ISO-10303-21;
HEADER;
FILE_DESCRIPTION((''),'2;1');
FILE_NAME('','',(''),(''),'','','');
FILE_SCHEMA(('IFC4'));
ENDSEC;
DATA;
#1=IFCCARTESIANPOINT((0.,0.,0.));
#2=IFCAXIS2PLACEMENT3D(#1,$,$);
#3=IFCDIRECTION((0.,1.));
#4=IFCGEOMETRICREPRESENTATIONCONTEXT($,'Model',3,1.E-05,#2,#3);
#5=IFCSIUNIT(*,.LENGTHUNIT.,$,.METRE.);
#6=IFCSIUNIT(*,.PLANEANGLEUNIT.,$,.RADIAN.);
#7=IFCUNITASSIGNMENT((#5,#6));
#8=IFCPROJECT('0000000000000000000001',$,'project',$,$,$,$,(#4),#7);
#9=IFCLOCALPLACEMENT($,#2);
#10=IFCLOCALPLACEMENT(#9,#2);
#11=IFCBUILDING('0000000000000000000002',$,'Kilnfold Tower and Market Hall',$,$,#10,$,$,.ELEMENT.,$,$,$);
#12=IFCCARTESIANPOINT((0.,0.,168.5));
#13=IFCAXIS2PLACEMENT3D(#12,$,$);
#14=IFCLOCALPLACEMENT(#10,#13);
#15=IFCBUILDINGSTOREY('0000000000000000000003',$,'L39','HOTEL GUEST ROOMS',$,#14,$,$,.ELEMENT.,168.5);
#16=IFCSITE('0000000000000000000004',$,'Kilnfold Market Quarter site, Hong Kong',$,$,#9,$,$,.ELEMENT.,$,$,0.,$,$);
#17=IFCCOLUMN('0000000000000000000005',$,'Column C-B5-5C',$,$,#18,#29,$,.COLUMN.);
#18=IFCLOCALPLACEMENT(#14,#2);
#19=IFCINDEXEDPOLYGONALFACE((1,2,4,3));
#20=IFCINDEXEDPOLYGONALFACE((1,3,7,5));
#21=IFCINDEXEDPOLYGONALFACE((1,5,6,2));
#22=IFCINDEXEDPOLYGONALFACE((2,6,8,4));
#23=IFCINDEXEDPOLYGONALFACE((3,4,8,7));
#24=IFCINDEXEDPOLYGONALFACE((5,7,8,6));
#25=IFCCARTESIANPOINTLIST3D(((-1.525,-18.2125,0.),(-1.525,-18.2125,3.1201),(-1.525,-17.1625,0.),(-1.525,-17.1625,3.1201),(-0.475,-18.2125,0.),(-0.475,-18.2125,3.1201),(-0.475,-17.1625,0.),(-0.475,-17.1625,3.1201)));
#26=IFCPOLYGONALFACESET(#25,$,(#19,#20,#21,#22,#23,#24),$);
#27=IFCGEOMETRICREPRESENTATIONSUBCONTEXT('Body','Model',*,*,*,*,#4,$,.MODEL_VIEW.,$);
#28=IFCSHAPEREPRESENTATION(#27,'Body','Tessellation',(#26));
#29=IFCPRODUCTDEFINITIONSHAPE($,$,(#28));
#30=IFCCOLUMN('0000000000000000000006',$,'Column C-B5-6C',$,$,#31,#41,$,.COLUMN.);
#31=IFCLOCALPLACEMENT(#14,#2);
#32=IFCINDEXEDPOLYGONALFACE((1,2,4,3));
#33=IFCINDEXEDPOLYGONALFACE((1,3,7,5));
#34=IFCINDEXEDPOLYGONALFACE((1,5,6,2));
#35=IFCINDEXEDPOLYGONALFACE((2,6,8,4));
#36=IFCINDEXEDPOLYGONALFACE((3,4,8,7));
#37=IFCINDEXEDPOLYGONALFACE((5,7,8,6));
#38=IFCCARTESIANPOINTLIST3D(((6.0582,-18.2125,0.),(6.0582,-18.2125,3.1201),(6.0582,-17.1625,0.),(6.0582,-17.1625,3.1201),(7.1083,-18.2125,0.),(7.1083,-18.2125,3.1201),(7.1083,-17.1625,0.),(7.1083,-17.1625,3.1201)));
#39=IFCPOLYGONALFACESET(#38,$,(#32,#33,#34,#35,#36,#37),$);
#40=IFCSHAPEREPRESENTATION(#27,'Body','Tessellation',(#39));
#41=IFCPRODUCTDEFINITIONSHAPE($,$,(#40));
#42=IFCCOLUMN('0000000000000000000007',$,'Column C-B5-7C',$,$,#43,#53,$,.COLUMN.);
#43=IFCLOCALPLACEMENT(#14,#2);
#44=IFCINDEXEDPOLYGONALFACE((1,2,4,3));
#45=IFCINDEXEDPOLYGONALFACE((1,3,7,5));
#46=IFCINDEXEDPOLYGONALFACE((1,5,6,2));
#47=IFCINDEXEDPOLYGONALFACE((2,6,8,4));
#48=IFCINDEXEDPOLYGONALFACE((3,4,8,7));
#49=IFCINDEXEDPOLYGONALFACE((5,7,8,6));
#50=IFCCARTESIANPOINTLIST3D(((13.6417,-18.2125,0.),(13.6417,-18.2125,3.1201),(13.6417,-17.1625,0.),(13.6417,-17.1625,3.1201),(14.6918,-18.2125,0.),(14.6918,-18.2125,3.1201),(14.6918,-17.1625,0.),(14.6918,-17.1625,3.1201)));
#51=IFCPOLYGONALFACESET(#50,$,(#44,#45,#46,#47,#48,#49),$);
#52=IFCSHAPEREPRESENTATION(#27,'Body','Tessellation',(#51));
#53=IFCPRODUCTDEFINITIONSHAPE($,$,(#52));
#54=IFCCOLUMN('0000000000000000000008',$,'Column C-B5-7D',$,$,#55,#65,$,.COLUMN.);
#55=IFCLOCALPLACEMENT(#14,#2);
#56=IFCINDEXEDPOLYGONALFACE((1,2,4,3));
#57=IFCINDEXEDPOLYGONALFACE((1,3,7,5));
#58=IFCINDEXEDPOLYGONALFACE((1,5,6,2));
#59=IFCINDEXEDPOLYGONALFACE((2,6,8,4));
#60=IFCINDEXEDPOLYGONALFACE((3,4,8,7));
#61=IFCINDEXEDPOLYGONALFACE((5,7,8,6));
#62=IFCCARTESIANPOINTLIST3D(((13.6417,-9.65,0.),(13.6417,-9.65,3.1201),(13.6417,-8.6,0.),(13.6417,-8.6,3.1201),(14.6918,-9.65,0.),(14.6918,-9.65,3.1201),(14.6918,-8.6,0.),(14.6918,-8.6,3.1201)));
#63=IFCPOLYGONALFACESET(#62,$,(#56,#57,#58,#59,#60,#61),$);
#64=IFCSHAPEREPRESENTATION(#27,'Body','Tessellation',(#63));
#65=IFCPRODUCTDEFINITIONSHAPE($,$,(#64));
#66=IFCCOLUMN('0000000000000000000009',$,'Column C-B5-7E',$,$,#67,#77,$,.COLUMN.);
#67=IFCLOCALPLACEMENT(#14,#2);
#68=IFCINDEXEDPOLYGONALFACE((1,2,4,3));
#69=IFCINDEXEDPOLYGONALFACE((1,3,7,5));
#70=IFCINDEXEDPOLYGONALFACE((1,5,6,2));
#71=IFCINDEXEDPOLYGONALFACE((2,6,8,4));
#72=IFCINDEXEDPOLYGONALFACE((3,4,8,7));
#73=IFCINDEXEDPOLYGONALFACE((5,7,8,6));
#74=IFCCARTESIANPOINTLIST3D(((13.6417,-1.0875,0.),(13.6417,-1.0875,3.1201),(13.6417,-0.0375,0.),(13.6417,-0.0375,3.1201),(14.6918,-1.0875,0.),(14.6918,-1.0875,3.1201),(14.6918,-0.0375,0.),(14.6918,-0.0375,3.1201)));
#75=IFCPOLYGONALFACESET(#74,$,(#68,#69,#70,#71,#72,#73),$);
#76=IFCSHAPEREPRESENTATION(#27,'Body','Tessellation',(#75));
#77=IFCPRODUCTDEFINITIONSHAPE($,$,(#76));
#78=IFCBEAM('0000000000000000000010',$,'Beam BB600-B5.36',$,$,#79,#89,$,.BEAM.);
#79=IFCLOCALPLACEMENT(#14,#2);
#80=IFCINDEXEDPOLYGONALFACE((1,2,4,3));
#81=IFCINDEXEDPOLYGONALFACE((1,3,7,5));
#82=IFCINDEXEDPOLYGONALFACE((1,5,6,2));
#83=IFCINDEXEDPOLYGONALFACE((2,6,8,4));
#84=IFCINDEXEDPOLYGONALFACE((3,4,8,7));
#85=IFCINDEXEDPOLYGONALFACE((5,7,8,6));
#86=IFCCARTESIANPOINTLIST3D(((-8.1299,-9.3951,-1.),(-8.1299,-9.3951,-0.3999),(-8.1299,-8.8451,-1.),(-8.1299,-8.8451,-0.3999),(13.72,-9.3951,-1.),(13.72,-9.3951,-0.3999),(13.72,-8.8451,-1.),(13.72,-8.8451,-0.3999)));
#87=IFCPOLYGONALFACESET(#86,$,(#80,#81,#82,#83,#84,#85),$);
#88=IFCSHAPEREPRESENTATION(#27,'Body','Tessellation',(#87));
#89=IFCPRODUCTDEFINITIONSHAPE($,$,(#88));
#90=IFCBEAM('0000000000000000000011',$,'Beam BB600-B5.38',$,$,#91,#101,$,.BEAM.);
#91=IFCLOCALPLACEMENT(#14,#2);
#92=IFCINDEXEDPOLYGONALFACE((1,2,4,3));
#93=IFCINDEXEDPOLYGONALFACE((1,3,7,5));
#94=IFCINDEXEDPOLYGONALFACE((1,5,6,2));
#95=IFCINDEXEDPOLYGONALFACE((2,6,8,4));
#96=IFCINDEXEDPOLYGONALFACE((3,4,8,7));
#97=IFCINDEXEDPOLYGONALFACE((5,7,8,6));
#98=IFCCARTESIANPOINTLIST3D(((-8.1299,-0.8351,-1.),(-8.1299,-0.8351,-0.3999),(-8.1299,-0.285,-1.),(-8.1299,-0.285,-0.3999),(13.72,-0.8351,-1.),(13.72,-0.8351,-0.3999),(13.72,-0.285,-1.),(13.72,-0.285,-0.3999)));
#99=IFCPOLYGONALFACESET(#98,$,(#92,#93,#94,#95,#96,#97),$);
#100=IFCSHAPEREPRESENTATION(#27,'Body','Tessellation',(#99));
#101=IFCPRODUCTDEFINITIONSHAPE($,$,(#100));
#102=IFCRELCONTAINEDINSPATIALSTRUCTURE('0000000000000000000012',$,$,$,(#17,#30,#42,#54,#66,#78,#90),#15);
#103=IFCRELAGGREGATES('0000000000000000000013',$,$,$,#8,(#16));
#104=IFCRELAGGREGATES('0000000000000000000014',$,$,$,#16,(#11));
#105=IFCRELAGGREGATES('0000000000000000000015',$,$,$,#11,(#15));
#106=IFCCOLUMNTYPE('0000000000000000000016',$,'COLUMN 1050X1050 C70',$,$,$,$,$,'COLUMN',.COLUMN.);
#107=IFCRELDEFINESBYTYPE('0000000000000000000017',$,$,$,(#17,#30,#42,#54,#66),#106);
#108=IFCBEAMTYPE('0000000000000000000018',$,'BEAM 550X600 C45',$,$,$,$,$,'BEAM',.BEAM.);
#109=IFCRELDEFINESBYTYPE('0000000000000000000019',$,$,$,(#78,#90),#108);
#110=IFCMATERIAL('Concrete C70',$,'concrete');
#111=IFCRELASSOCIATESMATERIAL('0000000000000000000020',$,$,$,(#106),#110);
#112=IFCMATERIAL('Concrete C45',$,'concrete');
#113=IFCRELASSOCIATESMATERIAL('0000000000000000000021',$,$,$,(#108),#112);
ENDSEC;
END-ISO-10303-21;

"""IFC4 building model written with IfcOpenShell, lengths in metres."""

from ifc_helpers import new_model, si_unit, direction, frame, origin, origin_2d, place, context, subcontext, project, spatial, rectangle, extrude, source, transform, mapped, material, material_profile, profile_set, type_object, element, save


model = new_model("IFC4")

# Units and contexts
model_context = context("Model", 3, precision=1e-05, world=origin(), true_north=direction((0.0, 1.0)))
body_context = subcontext(model_context, "Body", "Model", "MODEL_VIEW")
ifc_project = project(units=[si_unit("LENGTHUNIT", "METRE"), si_unit("PLANEANGLEUNIT", "RADIAN")], contexts=[model_context])

# Site, building, storey
site_placement = place(None, origin())
site = spatial("IfcSite", under=ifc_project, at=site_placement, Name="Kilnfold Market Quarter site, Hong Kong", CompositionType="ELEMENT", RefElevation=0.0)
building_placement = place(site_placement, origin())
building = spatial("IfcBuilding", under=site, at=building_placement, Name="Kilnfold Tower and Market Hall", CompositionType="ELEMENT")
storey_placement = place(building_placement, frame((0.0, 0.0, 168.5)))
storey = spatial("IfcBuildingStorey", under=building, at=storey_placement, Name="L39", Description="HOTEL GUEST ROOMS", CompositionType="ELEMENT", Elevation=168.5)

# Columns
ifc_material_1 = material(Name="Concrete C70", Category="concrete")
ifc_material_profile_1 = material_profile(ifc_material_1, rectangle(XDim=1.05, YDim=1.05, at=origin_2d()), Name="RC 1050x1050")
ifc_profile_set_1 = profile_set([ifc_material_profile_1], Name="Concrete C70")
column_type = type_object("IfcColumnType", Name="COLUMN 1050X1050 C70", ElementType="COLUMN", PredefinedType="COLUMN", material=ifc_profile_set_1)
shared_shape_1 = source(origin(), body_context, "Body", "SweptSolid", [
    extrude(rectangle(XDim=1.05, YDim=1.05, at=origin_2d()), origin(), (0.0, 0.0, 1.0), 3.1201),
])
for number, where, z_axis, x_axis, name in (
    (1, (-1.0, -17.6875, 0.0), (0.0, 0.0, 1.0), (1.0, 0.0, 0.0), "Column C-B5-5C"),
    (2, (6.5833, -17.6875, 0.0), (0.0, 0.0, 1.0), (1.0, 0.0, 0.0), "Column C-B5-6C"),
    (3, (14.1667, -17.6875, 0.0), (0.0, 0.0, 1.0), (1.0, 0.0, 0.0), "Column C-B5-7C"),
    (4, (14.1667, -9.125, 0.0), (0.0, 0.0, 1.0), (1.0, 0.0, 0.0), "Column C-B5-7D"),
    (5, (14.1667, -0.5625, 0.0), (0.0, 0.0, 1.0), (1.0, 0.0, 0.0), "Column C-B5-7E"),
):
    element("IfcColumn", number, at=place(storey_placement, frame(where, z_axis=z_axis, x_axis=x_axis)), inside=storey, type_object=column_type, Name=name, PredefinedType="COLUMN", context=body_context, shape_type="MappedRepresentation", body=[
        mapped(shared_shape_1, transform((0.0, 0.0, 0.0))),
    ])

# Beams
ifc_material_2 = material(Name="Concrete C45", Category="concrete")
ifc_material_profile_2 = material_profile(ifc_material_2, rectangle(XDim=0.55, YDim=0.6001, at=origin_2d()), Name="RC 550x600")
ifc_profile_set_2 = profile_set([ifc_material_profile_2], Name="Concrete C45")
beam_type = type_object("IfcBeamType", Name="BEAM 550X600 C45", ElementType="BEAM", PredefinedType="BEAM", material=ifc_profile_set_2)
shared_shape_2 = source(origin(), body_context, "Body", "SweptSolid", [
    extrude(rectangle(XDim=0.55, YDim=0.6001, at=origin_2d()), origin(), (0.0, 0.0, 1.0), 21.8499),
])
for number, where, z_axis, x_axis, name in (
    (6, (-8.1299, -9.1201, -0.7), (1.0, 0.0, 0.0), (0.0, 1.0, 0.0), "Beam BB600-B5.36"),
    (7, (-8.1299, -0.5601, -0.7), (1.0, 0.0, 0.0), (0.0, 1.0, 0.0), "Beam BB600-B5.38"),
):
    element("IfcBeam", number, at=place(storey_placement, frame(where, z_axis=z_axis, x_axis=x_axis)), inside=storey, type_object=beam_type, Name=name, PredefinedType="BEAM", context=body_context, shape_type="MappedRepresentation", body=[
        mapped(shared_shape_2, transform((0.0, 0.0, 0.0))),
    ])

save(model, "model.ifc")
